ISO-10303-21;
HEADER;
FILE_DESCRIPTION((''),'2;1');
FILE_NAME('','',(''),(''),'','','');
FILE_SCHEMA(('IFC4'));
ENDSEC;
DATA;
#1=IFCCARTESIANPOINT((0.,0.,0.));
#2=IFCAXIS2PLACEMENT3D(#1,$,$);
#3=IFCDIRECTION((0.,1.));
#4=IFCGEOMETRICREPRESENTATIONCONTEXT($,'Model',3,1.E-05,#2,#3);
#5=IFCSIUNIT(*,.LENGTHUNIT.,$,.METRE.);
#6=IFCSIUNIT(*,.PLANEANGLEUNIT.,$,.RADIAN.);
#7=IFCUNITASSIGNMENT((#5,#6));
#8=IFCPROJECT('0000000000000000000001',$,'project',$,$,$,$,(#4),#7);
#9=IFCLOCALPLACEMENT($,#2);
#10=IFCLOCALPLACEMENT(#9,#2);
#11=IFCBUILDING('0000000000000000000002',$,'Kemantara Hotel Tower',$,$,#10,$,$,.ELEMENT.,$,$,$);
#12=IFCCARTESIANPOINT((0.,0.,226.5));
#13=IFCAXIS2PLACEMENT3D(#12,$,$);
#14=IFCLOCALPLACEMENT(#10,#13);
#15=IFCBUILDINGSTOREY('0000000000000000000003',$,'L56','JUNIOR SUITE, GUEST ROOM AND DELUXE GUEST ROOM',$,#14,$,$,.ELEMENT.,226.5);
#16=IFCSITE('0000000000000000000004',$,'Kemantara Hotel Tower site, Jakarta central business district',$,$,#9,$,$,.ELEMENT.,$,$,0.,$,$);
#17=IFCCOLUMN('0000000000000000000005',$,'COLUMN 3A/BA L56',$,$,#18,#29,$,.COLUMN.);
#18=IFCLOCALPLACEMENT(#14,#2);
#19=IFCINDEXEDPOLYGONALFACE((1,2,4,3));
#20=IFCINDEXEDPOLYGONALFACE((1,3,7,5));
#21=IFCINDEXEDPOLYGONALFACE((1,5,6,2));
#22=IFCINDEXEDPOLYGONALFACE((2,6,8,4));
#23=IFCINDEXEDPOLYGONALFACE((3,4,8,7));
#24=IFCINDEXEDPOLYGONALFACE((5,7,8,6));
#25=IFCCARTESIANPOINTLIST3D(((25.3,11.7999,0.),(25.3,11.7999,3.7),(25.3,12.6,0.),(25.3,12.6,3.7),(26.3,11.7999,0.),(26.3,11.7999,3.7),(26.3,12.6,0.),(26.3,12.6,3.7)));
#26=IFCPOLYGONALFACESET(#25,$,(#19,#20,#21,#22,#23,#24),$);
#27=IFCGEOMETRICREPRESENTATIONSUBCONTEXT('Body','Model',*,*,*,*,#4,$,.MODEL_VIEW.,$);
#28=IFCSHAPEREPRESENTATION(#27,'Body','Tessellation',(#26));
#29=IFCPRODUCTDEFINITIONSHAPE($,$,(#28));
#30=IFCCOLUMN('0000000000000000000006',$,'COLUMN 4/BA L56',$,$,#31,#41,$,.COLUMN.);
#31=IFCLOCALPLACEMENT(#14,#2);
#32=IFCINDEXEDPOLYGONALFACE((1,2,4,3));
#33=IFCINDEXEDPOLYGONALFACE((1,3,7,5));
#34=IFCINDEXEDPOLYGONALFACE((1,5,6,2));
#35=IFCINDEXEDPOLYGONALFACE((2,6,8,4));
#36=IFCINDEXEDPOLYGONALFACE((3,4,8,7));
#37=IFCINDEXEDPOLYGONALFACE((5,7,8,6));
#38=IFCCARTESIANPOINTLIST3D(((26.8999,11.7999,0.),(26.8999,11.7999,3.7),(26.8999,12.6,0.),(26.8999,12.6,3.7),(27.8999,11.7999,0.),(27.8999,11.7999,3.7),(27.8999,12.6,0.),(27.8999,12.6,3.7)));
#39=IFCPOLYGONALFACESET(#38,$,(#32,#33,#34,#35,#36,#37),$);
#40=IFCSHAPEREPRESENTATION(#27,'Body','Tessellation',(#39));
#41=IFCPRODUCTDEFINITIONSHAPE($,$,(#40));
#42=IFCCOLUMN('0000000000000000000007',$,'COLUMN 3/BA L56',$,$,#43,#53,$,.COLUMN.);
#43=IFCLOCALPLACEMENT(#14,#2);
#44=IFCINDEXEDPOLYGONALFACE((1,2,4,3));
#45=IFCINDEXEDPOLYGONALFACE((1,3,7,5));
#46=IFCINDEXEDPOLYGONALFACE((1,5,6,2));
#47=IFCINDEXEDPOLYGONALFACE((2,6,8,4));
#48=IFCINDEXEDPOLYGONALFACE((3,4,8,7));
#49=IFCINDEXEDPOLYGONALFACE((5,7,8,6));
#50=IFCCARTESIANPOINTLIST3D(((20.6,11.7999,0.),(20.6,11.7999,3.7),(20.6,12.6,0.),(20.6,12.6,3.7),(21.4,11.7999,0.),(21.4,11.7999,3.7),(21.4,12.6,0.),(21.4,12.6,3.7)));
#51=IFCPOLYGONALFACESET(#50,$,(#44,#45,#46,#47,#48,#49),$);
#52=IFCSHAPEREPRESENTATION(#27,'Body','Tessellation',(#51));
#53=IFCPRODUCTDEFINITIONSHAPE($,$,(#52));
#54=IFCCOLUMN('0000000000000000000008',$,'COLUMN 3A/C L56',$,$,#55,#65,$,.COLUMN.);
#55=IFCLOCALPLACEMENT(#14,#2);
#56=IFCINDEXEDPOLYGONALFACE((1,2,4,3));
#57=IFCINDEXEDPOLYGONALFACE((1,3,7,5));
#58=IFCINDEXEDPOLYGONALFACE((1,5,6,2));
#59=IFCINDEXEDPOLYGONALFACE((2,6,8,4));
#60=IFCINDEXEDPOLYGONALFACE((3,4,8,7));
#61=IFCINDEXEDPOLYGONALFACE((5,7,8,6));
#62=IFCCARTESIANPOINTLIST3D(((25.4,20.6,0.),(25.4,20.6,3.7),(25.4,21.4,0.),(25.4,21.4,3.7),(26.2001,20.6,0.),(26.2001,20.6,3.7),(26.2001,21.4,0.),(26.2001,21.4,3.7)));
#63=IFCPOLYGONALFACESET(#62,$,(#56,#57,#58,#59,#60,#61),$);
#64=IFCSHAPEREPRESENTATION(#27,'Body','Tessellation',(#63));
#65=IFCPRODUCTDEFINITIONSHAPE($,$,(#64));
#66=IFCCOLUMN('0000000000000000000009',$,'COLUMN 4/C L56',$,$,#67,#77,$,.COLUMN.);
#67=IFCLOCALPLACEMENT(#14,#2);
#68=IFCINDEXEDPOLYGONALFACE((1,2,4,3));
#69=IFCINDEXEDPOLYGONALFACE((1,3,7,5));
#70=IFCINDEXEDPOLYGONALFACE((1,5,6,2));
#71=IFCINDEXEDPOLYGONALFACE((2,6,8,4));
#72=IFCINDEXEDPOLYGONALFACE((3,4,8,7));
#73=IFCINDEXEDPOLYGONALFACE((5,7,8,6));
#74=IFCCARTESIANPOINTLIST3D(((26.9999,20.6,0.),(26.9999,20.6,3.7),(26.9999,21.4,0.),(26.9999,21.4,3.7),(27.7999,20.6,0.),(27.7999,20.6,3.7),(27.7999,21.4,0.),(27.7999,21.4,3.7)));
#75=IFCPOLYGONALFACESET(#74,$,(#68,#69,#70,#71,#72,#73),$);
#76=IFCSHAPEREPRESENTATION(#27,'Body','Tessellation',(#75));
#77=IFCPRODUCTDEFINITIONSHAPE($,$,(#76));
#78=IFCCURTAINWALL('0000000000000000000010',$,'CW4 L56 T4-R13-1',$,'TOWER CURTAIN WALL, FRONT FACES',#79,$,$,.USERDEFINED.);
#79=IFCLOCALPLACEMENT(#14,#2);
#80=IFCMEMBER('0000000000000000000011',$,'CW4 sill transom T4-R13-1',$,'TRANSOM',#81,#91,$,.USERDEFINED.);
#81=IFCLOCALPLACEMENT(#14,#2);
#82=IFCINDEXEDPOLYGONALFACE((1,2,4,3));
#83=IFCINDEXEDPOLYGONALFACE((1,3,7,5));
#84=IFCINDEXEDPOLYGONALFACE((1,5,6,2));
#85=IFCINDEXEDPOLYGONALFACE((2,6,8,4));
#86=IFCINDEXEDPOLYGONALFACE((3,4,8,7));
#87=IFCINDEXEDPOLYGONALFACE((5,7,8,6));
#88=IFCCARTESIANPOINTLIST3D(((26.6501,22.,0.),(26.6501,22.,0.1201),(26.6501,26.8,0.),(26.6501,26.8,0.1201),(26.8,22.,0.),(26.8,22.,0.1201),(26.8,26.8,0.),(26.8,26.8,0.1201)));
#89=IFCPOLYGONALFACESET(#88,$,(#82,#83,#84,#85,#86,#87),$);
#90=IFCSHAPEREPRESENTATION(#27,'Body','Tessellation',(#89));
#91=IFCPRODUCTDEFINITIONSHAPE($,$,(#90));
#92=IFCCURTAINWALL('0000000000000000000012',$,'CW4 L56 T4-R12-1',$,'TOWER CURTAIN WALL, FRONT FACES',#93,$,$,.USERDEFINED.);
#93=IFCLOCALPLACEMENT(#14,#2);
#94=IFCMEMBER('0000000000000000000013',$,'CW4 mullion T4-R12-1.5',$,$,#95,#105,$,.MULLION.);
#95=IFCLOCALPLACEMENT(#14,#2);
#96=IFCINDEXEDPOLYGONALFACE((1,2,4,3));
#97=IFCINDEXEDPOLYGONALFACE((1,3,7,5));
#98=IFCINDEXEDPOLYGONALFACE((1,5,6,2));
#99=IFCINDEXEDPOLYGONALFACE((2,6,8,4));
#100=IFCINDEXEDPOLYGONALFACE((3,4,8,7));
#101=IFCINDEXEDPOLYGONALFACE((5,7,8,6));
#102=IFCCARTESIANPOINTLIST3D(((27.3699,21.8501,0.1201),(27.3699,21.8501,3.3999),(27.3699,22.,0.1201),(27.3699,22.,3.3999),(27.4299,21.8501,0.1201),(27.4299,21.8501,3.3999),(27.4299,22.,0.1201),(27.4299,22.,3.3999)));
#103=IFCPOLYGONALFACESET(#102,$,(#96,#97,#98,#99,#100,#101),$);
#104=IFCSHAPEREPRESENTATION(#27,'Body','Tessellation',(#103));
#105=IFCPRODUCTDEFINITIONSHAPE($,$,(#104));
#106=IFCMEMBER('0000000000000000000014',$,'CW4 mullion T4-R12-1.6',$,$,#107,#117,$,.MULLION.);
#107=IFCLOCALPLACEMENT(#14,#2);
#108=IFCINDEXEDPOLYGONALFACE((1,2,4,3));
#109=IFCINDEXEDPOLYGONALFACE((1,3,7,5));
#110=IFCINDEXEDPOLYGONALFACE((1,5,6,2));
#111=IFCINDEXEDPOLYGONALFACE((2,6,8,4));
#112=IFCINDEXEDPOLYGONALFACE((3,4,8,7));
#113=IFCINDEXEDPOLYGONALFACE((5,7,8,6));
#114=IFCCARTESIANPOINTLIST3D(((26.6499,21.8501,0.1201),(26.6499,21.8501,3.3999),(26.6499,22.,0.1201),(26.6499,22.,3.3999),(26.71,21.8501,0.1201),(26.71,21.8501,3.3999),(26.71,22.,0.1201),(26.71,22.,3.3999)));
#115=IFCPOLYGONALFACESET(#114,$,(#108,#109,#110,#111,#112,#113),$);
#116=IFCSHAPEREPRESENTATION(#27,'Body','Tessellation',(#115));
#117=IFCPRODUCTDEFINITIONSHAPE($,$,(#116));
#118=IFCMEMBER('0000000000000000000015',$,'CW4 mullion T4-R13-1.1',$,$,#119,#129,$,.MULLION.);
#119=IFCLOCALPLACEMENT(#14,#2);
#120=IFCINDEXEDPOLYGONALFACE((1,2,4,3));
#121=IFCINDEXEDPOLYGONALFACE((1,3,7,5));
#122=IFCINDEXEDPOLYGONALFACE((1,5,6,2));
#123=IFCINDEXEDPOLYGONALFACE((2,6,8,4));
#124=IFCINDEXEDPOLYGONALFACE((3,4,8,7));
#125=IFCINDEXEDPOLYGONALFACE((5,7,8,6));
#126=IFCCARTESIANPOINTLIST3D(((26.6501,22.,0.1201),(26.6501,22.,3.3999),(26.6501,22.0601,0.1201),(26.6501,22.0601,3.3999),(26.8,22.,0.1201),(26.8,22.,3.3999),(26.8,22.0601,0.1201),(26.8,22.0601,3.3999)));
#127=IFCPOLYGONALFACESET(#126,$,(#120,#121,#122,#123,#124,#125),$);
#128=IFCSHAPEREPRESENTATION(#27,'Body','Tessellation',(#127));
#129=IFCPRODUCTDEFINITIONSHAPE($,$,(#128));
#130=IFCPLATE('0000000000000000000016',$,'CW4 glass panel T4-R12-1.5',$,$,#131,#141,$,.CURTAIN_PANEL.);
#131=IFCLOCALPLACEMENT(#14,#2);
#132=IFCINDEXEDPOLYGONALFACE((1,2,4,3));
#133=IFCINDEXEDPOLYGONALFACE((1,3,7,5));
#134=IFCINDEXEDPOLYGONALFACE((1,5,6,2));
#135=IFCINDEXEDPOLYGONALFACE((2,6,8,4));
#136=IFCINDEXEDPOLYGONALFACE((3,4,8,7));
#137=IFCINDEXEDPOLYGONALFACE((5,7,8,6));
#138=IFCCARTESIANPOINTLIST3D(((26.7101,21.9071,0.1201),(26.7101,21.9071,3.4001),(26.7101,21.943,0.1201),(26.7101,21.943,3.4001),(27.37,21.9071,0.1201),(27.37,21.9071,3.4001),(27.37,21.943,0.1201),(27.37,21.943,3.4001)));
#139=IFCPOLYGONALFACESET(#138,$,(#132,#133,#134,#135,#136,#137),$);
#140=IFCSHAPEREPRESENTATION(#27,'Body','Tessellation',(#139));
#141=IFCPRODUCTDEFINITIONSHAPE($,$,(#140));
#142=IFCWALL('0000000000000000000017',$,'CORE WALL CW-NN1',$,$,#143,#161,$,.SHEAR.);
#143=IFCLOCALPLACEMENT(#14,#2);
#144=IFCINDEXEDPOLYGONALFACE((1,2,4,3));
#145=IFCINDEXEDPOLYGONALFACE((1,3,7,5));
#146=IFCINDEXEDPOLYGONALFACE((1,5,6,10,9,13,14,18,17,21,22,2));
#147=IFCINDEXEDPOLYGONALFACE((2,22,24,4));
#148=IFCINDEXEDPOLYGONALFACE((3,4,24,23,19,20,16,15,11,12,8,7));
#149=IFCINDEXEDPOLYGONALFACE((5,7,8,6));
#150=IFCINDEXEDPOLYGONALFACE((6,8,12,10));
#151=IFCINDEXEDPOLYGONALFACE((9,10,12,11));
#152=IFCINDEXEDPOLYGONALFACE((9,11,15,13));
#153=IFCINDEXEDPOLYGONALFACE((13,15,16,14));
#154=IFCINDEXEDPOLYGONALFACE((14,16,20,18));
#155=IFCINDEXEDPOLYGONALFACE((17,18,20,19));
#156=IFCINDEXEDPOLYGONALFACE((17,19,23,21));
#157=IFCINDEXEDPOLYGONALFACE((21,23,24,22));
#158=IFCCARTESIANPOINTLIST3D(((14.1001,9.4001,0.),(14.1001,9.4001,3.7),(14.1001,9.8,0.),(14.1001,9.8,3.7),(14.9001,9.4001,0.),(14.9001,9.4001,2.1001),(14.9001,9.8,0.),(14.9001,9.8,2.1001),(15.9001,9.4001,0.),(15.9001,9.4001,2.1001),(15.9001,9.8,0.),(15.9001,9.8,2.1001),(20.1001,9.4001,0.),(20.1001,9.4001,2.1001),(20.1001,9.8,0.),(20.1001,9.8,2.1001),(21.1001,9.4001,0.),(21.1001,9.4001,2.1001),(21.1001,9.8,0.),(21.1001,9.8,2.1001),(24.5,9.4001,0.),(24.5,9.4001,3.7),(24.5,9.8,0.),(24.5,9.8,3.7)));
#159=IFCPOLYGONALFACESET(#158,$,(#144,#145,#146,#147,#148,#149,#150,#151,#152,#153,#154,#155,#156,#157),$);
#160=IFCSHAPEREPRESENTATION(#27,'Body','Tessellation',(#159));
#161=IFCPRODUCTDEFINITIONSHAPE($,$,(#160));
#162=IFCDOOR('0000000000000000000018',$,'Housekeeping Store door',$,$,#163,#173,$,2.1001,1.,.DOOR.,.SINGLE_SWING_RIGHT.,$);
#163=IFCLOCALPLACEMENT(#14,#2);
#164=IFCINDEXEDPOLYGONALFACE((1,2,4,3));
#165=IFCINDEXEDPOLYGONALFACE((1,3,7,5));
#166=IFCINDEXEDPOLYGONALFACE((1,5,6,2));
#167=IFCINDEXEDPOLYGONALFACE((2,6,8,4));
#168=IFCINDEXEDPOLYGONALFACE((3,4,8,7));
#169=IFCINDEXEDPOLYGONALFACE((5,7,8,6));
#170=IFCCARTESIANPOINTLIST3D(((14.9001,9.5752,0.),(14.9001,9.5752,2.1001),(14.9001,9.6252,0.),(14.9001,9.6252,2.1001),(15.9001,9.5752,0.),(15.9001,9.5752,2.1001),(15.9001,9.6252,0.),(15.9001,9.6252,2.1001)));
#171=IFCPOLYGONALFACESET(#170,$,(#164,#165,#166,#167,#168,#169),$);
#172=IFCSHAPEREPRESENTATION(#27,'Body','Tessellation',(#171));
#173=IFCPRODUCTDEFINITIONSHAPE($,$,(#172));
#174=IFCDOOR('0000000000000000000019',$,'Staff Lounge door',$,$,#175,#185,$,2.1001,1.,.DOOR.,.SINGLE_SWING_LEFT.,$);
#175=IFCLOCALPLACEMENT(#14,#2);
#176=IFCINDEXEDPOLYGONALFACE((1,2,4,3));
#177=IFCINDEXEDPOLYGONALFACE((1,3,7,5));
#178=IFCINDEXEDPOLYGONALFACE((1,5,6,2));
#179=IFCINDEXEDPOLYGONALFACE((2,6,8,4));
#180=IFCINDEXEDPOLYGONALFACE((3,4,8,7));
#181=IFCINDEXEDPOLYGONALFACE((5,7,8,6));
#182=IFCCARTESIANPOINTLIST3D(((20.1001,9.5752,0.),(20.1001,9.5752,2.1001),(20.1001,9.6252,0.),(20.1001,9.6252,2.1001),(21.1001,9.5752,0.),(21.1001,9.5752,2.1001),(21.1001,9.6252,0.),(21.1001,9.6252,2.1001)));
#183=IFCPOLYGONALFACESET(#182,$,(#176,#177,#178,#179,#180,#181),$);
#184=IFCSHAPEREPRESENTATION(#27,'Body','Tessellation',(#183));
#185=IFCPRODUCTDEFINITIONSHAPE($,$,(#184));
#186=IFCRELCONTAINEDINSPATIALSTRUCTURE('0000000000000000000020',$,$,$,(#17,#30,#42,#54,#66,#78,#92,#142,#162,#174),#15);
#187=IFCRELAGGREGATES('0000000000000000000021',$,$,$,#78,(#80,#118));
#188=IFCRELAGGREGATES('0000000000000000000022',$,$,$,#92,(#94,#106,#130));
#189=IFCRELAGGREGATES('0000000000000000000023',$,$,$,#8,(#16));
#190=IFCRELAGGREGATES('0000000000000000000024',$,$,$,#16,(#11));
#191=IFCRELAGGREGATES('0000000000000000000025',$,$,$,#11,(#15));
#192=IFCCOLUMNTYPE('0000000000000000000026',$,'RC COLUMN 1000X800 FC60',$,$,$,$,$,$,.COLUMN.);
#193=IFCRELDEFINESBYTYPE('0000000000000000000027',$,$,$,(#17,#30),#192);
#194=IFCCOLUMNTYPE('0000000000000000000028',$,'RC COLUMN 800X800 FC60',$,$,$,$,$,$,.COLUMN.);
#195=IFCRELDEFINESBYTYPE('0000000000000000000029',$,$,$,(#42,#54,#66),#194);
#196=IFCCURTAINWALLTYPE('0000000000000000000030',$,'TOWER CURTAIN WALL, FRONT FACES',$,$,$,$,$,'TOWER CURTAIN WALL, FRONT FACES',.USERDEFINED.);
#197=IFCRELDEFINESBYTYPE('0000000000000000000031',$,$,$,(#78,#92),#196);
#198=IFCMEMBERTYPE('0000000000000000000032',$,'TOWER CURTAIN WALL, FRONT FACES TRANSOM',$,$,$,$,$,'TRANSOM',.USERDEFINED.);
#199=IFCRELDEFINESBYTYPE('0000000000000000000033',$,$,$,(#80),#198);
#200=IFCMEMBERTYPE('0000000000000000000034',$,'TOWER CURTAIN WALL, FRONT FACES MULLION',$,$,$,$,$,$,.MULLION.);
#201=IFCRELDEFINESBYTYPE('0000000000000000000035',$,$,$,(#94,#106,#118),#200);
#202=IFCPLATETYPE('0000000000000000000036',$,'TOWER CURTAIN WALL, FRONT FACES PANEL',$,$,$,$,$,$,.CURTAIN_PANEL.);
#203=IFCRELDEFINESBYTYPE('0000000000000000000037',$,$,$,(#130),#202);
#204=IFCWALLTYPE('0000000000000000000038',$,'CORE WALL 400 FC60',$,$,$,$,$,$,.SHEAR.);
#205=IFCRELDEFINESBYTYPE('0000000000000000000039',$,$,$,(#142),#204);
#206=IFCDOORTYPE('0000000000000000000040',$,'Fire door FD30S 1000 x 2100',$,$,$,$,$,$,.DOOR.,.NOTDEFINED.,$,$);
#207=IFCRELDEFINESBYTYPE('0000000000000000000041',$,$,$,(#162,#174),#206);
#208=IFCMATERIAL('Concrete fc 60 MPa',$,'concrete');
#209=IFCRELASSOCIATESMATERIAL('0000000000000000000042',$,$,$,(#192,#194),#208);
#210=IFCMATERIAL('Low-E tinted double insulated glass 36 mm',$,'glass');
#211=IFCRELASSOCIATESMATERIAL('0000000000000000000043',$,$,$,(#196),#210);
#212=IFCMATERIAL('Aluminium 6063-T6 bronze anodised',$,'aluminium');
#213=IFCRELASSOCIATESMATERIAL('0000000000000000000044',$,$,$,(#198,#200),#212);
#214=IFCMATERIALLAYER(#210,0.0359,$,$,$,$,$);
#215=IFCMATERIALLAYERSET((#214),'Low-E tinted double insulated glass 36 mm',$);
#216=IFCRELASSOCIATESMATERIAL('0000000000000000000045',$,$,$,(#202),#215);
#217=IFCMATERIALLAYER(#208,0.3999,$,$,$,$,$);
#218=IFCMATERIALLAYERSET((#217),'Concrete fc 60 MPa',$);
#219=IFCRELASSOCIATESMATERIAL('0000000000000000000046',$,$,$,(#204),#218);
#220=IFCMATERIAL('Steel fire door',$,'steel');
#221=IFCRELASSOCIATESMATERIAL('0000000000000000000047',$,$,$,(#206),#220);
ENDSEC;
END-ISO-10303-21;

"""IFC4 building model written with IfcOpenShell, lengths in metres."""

from ifc_helpers import new_model, si_unit, direction, frame, frame_2d, origin, origin_2d, place, context, subcontext, project, spatial, rectangle, extrude, source, transform, mapped, material, layer, layer_set, material_profile, profile_set, type_object, element, fill, aggregate, save


model = new_model("IFC4")

# Units and contexts
model_context = context("Model", 3, precision=1e-05, world=origin(), true_north=direction((0.0, 1.0)))
body_context = subcontext(model_context, "Body", "Model", "MODEL_VIEW")
ifc_project = project(units=[si_unit("LENGTHUNIT", "METRE"), si_unit("PLANEANGLEUNIT", "RADIAN")], contexts=[model_context])

# Site, building, storey
site_placement = place(None, origin())
site = spatial("IfcSite", under=ifc_project, at=site_placement, Name="Kemantara Hotel Tower site, Jakarta central business district", CompositionType="ELEMENT", RefElevation=0.0)
building_placement = place(site_placement, origin())
building = spatial("IfcBuilding", under=site, at=building_placement, Name="Kemantara Hotel Tower", CompositionType="ELEMENT")
storey_placement = place(building_placement, frame((0.0, 0.0, 226.5)))
storey = spatial("IfcBuildingStorey", under=building, at=storey_placement, Name="L56", Description="JUNIOR SUITE, GUEST ROOM AND DELUXE GUEST ROOM", CompositionType="ELEMENT", Elevation=226.5)

# Columns
ifc_material_1 = material(Name="Concrete fc 60 MPa", Category="concrete")
ifc_material_profile_1 = material_profile(ifc_material_1, rectangle(XDim=1.0, YDim=0.8, at=origin_2d()), Name="RC 1000X800")
ifc_profile_set_1 = profile_set([ifc_material_profile_1], Name="Concrete fc 60 MPa")
column_type_1 = type_object("IfcColumnType", Name="RC COLUMN 1000X800 FC60", PredefinedType="COLUMN", material=ifc_profile_set_1)
for number, where, z_axis, x_axis, name in (
    (1, (25.8, 12.2, 0.0), (0.0, 0.0, 1.0), (1.0, 0.0, 0.0), "COLUMN 3A/BA L56"),
    (2, (27.3999, 12.2, 0.0), (0.0, 0.0, 1.0), (1.0, 0.0, 0.0), "COLUMN 4/BA L56"),
):
    element("IfcColumn", number, at=place(storey_placement, frame(where, z_axis=z_axis, x_axis=x_axis)), inside=storey, type_object=column_type_1, Name=name, PredefinedType="COLUMN", context=body_context, shape_type="SweptSolid", body=[
        extrude(rectangle(XDim=1.0, YDim=0.8, at=origin_2d()), origin(), (0.0, 0.0, 1.0), 3.7),
    ])
ifc_material_profile_2 = material_profile(ifc_material_1, rectangle(XDim=0.8, YDim=0.8, at=origin_2d()), Name="RC 800X800")
ifc_profile_set_2 = profile_set([ifc_material_profile_2], Name="Concrete fc 60 MPa")
column_type_2 = type_object("IfcColumnType", Name="RC COLUMN 800X800 FC60", PredefinedType="COLUMN", material=ifc_profile_set_2)
for number, where, z_axis, x_axis, name in (
    (3, (21.0, 12.2, 0.0), (0.0, 0.0, 1.0), (1.0, 0.0, 0.0), "COLUMN 3/BA L56"),
    (4, (25.8, 21.0, 0.0), (0.0, 0.0, 1.0), (1.0, 0.0, 0.0), "COLUMN 3A/C L56"),
    (5, (27.3999, 21.0, 0.0), (0.0, 0.0, 1.0), (1.0, 0.0, 0.0), "COLUMN 4/C L56"),
):
    element("IfcColumn", number, at=place(storey_placement, frame(where, z_axis=z_axis, x_axis=x_axis)), inside=storey, type_object=column_type_2, Name=name, PredefinedType="COLUMN", context=body_context, shape_type="SweptSolid", body=[
        extrude(rectangle(XDim=0.8, YDim=0.8, at=origin_2d()), origin(), (0.0, 0.0, 1.0), 3.7),
    ])

# Curtain wall, member
ifc_material_2 = material(Name="Low-E tinted double insulated glass 36 mm", Category="glass")
curtain_wall_type = type_object("IfcCurtainWallType", Name="TOWER CURTAIN WALL, FRONT FACES", ElementType="TOWER CURTAIN WALL, FRONT FACES", PredefinedType="USERDEFINED", material=ifc_material_2)
curtain_wall_1_placement = place(storey_placement, origin())
curtain_wall_1 = element("IfcCurtainWall", 6, at=curtain_wall_1_placement, inside=storey, type_object=curtain_wall_type, Name="CW4 L56 T4-R13-1", ObjectType="TOWER CURTAIN WALL, FRONT FACES", PredefinedType="USERDEFINED")
ifc_material_3 = material(Name="Aluminium 6063-T6 bronze anodised", Category="aluminium")
ifc_material_profile_3 = material_profile(ifc_material_3, rectangle(XDim=0.1499, YDim=0.1201, at=origin_2d()), Name="TOWER CURTAIN WALL, FRONT FACES TRANSOM")
ifc_profile_set_3 = profile_set([ifc_material_profile_3], Name="Aluminium 6063-T6 bronze anodised")
member_type_1 = type_object("IfcMemberType", Name="TOWER CURTAIN WALL, FRONT FACES TRANSOM", ElementType="TRANSOM", PredefinedType="USERDEFINED", material=ifc_profile_set_3)
member_1_placement = place(storey_placement, frame((26.7251, 22.0, 0.0601), z_axis=(0.0, 1.0, 0.0), x_axis=(-1.0, 0.0, 0.0)))
member_1 = element("IfcMember", 7, at=member_1_placement, type_object=member_type_1, Name="CW4 sill transom T4-R13-1", ObjectType="TRANSOM", PredefinedType="USERDEFINED", context=body_context, shape_type="SweptSolid", body=[
    extrude(rectangle(XDim=0.1499, YDim=0.1201, at=origin_2d()), origin(), (0.0, 0.0, 1.0), 4.8),
])

# Curtain wall, members
curtain_wall_2_placement = place(storey_placement, origin())
curtain_wall_2 = element("IfcCurtainWall", 8, at=curtain_wall_2_placement, inside=storey, type_object=curtain_wall_type, Name="CW4 L56 T4-R12-1", ObjectType="TOWER CURTAIN WALL, FRONT FACES", PredefinedType="USERDEFINED")
ifc_material_profile_4 = material_profile(ifc_material_3, rectangle(XDim=0.1499, YDim=0.0601, at=origin_2d()), Name="TOWER CURTAIN WALL, FRONT FACES MULLION")
ifc_profile_set_4 = profile_set([ifc_material_profile_4], Name="Aluminium 6063-T6 bronze anodised")
member_type_2 = type_object("IfcMemberType", Name="TOWER CURTAIN WALL, FRONT FACES MULLION", PredefinedType="MULLION", material=ifc_profile_set_4)
shared_shape_1 = source(origin(), body_context, "Body", "SweptSolid", [
    extrude(rectangle(XDim=0.1499, YDim=0.0601, at=origin_2d()), origin(), (0.0, 0.0, 1.0), 3.2798),
])
member_2_placement = place(storey_placement, frame((27.3999, 21.925, 0.1201), z_axis=(0.0, 0.0, 1.0), x_axis=(0.0, -1.0, 0.0)))
member_2 = element("IfcMember", 9, at=member_2_placement, type_object=member_type_2, Name="CW4 mullion T4-R12-1.5", PredefinedType="MULLION", context=body_context, shape_type="MappedRepresentation", body=[
    mapped(shared_shape_1, transform((0.0, 0.0, 0.0))),
])
member_3_placement = place(storey_placement, frame((26.6799, 21.925, 0.1201), z_axis=(0.0, 0.0, 1.0), x_axis=(0.0, -1.0, 0.0)))
member_3 = element("IfcMember", 10, at=member_3_placement, type_object=member_type_2, Name="CW4 mullion T4-R12-1.6", PredefinedType="MULLION", context=body_context, shape_type="MappedRepresentation", body=[
    mapped(shared_shape_1, transform((0.0, 0.0, 0.0))),
])

# Member
member_4_placement = place(storey_placement, frame((26.7251, 22.03, 0.1201), z_axis=(0.0, 0.0, 1.0), x_axis=(-1.0, 0.0, 0.0)))
member_4 = element("IfcMember", 11, at=member_4_placement, type_object=member_type_2, Name="CW4 mullion T4-R13-1.1", PredefinedType="MULLION", context=body_context, shape_type="MappedRepresentation", body=[
    mapped(shared_shape_1, transform((0.0, 0.0, 0.0))),
])
aggregate(curtain_wall_1, [member_1, member_4])

# Plate
ifc_layer_1 = layer(ifc_material_2, 0.0359)
ifc_layer_set_1 = layer_set([ifc_layer_1], Name="Low-E tinted double insulated glass 36 mm")
plate_type = type_object("IfcPlateType", Name="TOWER CURTAIN WALL, FRONT FACES PANEL", PredefinedType="CURTAIN_PANEL", material=ifc_layer_set_1)
shared_shape_2 = source(origin(), body_context, "Body", "SweptSolid", [
    extrude(rectangle(XDim=0.6599, YDim=0.0359, at=origin_2d()), origin(), (0.0, 0.0, 1.0), 3.28),
])
plate_placement = place(storey_placement, frame((27.04, 21.925, 0.1201), z_axis=(0.0, 0.0, 1.0), x_axis=(-1.0, 0.0, 0.0)))
plate = element("IfcPlate", 12, at=plate_placement, type_object=plate_type, Name="CW4 glass panel T4-R12-1.5", PredefinedType="CURTAIN_PANEL", context=body_context, shape_type="MappedRepresentation", body=[
    mapped(shared_shape_2, transform((0.0, 0.0, 0.0))),
])
aggregate(curtain_wall_2, [member_2, member_3, plate])

# Wall, openings, doors
ifc_layer_2 = layer(ifc_material_1, 0.3999)
ifc_layer_set_2 = layer_set([ifc_layer_2], Name="Concrete fc 60 MPa")
wall_type_1 = type_object("IfcWallType", Name="CORE WALL 400 FC60", PredefinedType="SHEAR", material=ifc_layer_set_2)
wall_1_placement = place(storey_placement, frame((14.1001, 9.6001, 0.0), z_axis=(0.0, 0.0, 1.0), x_axis=(1.0, 0.0, 0.0)))
wall_1 = element("IfcWall", 13, at=wall_1_placement, inside=storey, type_object=wall_type_1, Name="CORE WALL CW-NN1", PredefinedType="SHEAR", context=body_context, shape_type="SweptSolid", body=[
    extrude(rectangle(XDim=10.3999, YDim=0.3999, at=frame_2d((5.2, 0.0))), origin(), (0.0, 0.0, 1.0), 3.7),
])
opening_1_placement = place(wall_1_placement, frame((0.8, 0.0, 0.0)))
opening_1 = element("IfcOpeningElement", 14, at=opening_1_placement, cuts=wall_1, PredefinedType="OPENING", context=body_context, shape_type="SweptSolid", body=[
    extrude(rectangle(XDim=1.0, YDim=2.1001, at=frame_2d((0.5, 1.05))), frame((0.0, 0.21, 0.0), z_axis=(0.0, -1.0, 0.0), x_axis=(1.0, 0.0, 0.0)), (0.0, 0.0, 1.0), 0.4199),
])
opening_2_placement = place(wall_1_placement, frame((6.0, 0.0, 0.0)))
opening_2 = element("IfcOpeningElement", 15, at=opening_2_placement, cuts=wall_1, PredefinedType="OPENING", context=body_context, shape_type="SweptSolid", body=[
    extrude(rectangle(XDim=1.0, YDim=2.1001, at=frame_2d((0.5, 1.05))), frame((0.0, 0.21, 0.0), z_axis=(0.0, -1.0, 0.0), x_axis=(1.0, 0.0, 0.0)), (0.0, 0.0, 1.0), 0.4199),
])
ifc_material_4 = material(Name="Steel fire door", Category="steel")
door_type_1 = type_object("IfcDoorType", Name="Fire door FD30S 1000 x 2100", OperationType="NOTDEFINED", PredefinedType="DOOR", material=ifc_material_4)
door_1_placement = place(opening_1_placement, frame((1.0, 0.0, 0.0), z_axis=(0.0, 0.0, 1.0), x_axis=(-1.0, 0.0, 0.0)))
door_1 = element("IfcDoor", 16, at=door_1_placement, inside=storey, type_object=door_type_1, Name="Housekeeping Store door", OperationType="SINGLE_SWING_RIGHT", OverallHeight=2.1001, OverallWidth=1.0, PredefinedType="DOOR", context=body_context, shape_type="SweptSolid", body=[
    extrude(rectangle(XDim=1.0, YDim=2.1001, at=frame_2d((0.5, 1.05))), frame((0.0, 0.0249, 0.0), z_axis=(0.0, -1.0, 0.0), x_axis=(1.0, 0.0, 0.0)), (0.0, 0.0, 1.0), 0.05),
])
fill(opening_1, door_1)
door_2_placement = place(opening_2_placement, frame((1.0, 0.0, 0.0), z_axis=(0.0, 0.0, 1.0), x_axis=(-1.0, 0.0, 0.0)))
door_2 = element("IfcDoor", 17, at=door_2_placement, inside=storey, type_object=door_type_1, Name="Staff Lounge door", OperationType="SINGLE_SWING_LEFT", OverallHeight=2.1001, OverallWidth=1.0, PredefinedType="DOOR", context=body_context, shape_type="SweptSolid", body=[
    extrude(rectangle(XDim=1.0, YDim=2.1001, at=frame_2d((0.5, 1.05))), frame((0.0, 0.0249, 0.0), z_axis=(0.0, -1.0, 0.0), x_axis=(1.0, 0.0, 0.0)), (0.0, 0.0, 1.0), 0.05),
])
fill(opening_2, door_2)

save(model, "model.ifc")
